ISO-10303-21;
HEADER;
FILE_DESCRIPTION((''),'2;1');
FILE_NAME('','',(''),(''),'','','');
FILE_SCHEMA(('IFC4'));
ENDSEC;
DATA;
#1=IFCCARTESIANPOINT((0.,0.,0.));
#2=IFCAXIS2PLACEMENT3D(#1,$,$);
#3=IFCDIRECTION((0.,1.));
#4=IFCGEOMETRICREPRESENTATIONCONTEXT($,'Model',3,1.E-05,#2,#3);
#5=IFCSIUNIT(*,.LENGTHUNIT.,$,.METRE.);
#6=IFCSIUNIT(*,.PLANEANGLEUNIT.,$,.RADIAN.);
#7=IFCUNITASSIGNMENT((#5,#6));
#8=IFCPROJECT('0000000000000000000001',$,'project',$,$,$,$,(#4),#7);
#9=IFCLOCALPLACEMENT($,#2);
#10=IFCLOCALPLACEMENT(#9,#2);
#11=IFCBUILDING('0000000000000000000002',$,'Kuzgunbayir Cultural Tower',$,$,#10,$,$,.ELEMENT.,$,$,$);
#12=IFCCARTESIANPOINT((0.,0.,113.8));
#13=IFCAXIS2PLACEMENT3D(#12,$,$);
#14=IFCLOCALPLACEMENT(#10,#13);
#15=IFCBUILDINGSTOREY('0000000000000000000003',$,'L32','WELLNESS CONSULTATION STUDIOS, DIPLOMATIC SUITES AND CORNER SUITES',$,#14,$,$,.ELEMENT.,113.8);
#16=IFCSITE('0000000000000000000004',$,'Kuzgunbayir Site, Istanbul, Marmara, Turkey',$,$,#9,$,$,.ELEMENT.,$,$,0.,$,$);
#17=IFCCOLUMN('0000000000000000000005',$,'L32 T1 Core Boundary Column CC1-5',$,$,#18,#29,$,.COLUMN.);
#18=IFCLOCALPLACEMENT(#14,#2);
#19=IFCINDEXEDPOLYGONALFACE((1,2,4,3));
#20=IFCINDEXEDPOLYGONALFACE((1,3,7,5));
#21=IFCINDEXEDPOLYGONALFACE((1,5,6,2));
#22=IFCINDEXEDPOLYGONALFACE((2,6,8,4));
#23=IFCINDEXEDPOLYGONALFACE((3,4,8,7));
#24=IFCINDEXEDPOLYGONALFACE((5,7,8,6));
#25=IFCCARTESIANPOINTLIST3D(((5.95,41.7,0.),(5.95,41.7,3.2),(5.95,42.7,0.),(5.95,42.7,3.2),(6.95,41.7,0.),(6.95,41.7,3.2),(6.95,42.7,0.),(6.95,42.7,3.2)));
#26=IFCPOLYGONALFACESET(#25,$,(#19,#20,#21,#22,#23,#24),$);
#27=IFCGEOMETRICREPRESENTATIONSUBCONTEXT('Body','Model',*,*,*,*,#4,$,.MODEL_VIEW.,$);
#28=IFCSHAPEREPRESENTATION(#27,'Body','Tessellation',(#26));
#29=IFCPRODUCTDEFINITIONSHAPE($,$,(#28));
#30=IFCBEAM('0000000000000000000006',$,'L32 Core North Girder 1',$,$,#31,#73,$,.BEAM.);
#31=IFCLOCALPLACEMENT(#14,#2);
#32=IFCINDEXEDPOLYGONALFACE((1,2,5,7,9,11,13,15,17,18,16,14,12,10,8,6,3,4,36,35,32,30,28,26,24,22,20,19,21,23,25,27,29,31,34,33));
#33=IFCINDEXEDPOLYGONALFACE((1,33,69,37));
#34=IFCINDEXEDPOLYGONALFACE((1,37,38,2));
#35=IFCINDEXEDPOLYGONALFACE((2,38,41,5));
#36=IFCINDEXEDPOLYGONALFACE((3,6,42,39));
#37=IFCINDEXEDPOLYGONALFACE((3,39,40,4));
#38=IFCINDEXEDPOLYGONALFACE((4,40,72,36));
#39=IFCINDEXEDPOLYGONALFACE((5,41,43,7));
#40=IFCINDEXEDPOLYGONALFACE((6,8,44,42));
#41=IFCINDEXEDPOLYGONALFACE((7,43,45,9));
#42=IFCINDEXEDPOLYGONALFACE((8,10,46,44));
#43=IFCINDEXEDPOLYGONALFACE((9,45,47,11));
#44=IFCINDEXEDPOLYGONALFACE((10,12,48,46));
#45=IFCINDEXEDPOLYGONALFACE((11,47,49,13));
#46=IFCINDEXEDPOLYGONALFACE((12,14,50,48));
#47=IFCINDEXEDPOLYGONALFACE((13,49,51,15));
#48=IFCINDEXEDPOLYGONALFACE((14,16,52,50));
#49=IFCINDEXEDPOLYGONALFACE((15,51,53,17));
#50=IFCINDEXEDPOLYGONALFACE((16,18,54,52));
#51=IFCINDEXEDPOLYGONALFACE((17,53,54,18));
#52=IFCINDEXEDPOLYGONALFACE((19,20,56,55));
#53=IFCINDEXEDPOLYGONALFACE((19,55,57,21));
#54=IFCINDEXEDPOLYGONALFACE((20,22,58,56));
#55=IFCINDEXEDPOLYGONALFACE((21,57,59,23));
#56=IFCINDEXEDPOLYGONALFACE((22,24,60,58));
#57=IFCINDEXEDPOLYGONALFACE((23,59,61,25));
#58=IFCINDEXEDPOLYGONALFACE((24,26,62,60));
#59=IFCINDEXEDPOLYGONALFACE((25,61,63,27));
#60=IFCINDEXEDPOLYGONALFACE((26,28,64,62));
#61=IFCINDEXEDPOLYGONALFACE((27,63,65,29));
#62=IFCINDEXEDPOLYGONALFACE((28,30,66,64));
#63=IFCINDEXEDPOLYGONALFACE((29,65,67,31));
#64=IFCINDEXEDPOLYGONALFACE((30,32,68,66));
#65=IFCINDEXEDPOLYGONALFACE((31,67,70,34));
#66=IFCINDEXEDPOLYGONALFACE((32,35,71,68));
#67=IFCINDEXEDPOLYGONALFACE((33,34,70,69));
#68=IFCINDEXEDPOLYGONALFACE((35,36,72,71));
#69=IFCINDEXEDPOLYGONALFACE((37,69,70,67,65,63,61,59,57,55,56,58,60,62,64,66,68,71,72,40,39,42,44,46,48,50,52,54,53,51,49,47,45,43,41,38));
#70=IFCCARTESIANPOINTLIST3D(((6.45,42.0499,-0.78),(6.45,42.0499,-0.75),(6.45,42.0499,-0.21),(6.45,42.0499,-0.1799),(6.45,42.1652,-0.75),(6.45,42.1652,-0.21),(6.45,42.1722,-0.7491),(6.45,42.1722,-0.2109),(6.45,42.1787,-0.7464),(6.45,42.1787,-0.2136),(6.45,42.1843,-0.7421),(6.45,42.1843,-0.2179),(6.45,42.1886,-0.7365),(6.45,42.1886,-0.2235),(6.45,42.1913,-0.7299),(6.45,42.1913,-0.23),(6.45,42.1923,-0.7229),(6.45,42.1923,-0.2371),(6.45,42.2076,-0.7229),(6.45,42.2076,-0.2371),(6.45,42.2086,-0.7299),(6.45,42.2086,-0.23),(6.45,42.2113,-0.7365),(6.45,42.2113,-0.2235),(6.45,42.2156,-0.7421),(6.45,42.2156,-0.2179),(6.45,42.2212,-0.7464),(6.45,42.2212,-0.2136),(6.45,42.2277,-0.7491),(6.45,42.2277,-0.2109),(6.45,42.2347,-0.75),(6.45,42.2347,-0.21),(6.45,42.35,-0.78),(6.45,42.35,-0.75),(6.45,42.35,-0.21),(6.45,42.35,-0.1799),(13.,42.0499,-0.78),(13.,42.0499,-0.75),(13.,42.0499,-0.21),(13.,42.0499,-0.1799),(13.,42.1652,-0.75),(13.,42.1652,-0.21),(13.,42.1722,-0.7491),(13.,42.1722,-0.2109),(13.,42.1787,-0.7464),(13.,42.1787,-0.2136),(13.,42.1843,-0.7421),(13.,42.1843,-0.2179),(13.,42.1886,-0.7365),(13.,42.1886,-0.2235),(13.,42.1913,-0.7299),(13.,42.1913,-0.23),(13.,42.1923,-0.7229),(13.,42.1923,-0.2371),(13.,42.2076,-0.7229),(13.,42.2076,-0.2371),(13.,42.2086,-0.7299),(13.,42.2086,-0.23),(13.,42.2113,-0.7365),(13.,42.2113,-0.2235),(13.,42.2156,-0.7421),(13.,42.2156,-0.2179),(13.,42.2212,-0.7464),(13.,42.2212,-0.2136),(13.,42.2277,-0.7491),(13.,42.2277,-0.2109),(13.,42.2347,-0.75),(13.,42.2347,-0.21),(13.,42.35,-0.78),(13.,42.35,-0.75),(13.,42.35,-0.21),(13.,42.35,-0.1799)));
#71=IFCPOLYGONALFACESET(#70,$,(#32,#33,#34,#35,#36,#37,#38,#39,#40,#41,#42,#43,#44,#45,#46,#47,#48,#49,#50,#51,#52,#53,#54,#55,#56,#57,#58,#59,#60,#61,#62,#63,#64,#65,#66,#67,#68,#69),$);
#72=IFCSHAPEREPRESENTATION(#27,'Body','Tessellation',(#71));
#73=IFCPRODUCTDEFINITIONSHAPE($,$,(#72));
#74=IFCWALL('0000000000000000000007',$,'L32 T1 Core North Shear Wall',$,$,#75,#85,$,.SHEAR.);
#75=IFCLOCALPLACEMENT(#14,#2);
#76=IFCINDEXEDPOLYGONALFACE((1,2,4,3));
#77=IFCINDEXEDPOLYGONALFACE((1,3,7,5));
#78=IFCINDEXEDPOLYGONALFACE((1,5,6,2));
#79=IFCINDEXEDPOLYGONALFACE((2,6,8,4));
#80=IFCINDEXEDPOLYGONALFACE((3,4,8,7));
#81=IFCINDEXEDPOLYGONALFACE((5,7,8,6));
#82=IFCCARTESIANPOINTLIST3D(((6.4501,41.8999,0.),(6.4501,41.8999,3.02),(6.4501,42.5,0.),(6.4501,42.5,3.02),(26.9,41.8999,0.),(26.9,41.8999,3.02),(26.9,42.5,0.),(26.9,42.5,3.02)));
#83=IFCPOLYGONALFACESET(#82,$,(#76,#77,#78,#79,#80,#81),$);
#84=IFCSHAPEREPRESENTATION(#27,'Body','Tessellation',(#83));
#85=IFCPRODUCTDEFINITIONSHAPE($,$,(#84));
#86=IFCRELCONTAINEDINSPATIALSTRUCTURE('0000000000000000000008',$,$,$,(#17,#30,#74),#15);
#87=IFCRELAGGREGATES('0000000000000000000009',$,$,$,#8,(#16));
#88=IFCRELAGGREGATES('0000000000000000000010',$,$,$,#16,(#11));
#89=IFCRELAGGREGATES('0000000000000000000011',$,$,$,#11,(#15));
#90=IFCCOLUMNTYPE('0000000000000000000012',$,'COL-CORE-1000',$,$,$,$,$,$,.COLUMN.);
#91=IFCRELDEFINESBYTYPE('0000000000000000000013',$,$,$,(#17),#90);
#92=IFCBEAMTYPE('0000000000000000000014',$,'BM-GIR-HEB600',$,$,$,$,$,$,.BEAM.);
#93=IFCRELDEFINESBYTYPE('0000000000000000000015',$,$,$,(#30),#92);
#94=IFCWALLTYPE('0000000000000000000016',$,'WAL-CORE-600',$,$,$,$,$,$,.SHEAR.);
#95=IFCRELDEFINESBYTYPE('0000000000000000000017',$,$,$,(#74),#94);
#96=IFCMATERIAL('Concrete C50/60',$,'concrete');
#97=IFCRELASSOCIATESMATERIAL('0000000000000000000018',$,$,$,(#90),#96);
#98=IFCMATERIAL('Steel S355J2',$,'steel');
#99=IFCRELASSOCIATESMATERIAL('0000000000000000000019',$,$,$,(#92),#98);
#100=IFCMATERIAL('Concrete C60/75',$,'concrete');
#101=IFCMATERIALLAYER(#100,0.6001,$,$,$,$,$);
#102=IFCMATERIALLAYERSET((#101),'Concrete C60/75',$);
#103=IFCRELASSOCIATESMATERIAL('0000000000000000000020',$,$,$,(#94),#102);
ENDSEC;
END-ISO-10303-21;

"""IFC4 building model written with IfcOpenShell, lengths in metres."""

from ifc_helpers import new_model, si_unit, direction, frame, frame_2d, origin, origin_2d, place, context, subcontext, project, spatial, rectangle, i_section, extrude, material, layer, layer_set, material_profile, profile_set, type_object, element, save


model = new_model("IFC4")

# Units and contexts
model_context = context("Model", 3, precision=1e-05, world=origin(), true_north=direction((0.0, 1.0)))
body_context = subcontext(model_context, "Body", "Model", "MODEL_VIEW")
ifc_project = project(units=[si_unit("LENGTHUNIT", "METRE"), si_unit("PLANEANGLEUNIT", "RADIAN")], contexts=[model_context])

# Site, building, storey
site_placement = place(None, origin())
site = spatial("IfcSite", under=ifc_project, at=site_placement, Name="Kuzgunbayir Site, Istanbul, Marmara, Turkey", CompositionType="ELEMENT", RefElevation=0.0)
building_placement = place(site_placement, origin())
building = spatial("IfcBuilding", under=site, at=building_placement, Name="Kuzgunbayir Cultural Tower", CompositionType="ELEMENT")
storey_placement = place(building_placement, frame((0.0, 0.0, 113.8)))
storey = spatial("IfcBuildingStorey", under=building, at=storey_placement, Name="L32", Description="WELLNESS CONSULTATION STUDIOS, DIPLOMATIC SUITES AND CORNER SUITES", CompositionType="ELEMENT", Elevation=113.8)

# Column
ifc_material_1 = material(Name="Concrete C50/60", Category="concrete")
ifc_material_profile_1 = material_profile(ifc_material_1, rectangle(XDim=1.0, YDim=1.0, at=origin_2d()), Name="RC 1000x1000")
ifc_profile_set_1 = profile_set([ifc_material_profile_1], Name="Concrete C50/60")
column_type = type_object("IfcColumnType", Name="COL-CORE-1000", PredefinedType="COLUMN", material=ifc_profile_set_1)
column_placement = place(storey_placement, frame((6.45, 42.2, 0.0), z_axis=(0.0, 0.0, 1.0), x_axis=(1.0, 0.0, 0.0)))
element("IfcColumn", 1, at=column_placement, inside=storey, type_object=column_type, Name="L32 T1 Core Boundary Column CC1-5", PredefinedType="COLUMN", context=body_context, shape_type="SweptSolid", body=[
    extrude(rectangle(XDim=1.0, YDim=1.0, at=origin_2d()), origin(), (0.0, 0.0, 1.0), 3.2),
])

# Beam
ifc_material_2 = material(Name="Steel S355J2", Category="steel")
ifc_material_profile_2 = material_profile(ifc_material_2, i_section(OverallWidth=0.3, OverallDepth=0.6001, WebThickness=0.0154, FlangeThickness=0.03, FilletRadius=0.0271, at=origin_2d()), Name="HEB 600")
ifc_profile_set_2 = profile_set([ifc_material_profile_2], Name="Steel S355J2")
beam_type = type_object("IfcBeamType", Name="BM-GIR-HEB600", PredefinedType="BEAM", material=ifc_profile_set_2)
beam_placement = place(storey_placement, frame((6.45, 42.2, -0.48), z_axis=(1.0, 0.0, 0.0), x_axis=(0.0, 1.0, 0.0)))
element("IfcBeam", 2, at=beam_placement, inside=storey, type_object=beam_type, Name="L32 Core North Girder 1", PredefinedType="BEAM", context=body_context, shape_type="SweptSolid", body=[
    extrude(i_section(OverallWidth=0.3, OverallDepth=0.6001, WebThickness=0.0154, FlangeThickness=0.03, FilletRadius=0.0271, at=origin_2d()), origin(), (0.0, 0.0, 1.0), 6.55),
])

# Wall
ifc_material_3 = material(Name="Concrete C60/75", Category="concrete")
ifc_layer_1 = layer(ifc_material_3, 0.6001)
ifc_layer_set_1 = layer_set([ifc_layer_1], Name="Concrete C60/75")
wall_type_1 = type_object("IfcWallType", Name="WAL-CORE-600", PredefinedType="SHEAR", material=ifc_layer_set_1)
wall_1_placement = place(storey_placement, frame((6.45, 42.2, 0.0), z_axis=(0.0, 0.0, 1.0), x_axis=(1.0, 0.0, 0.0)))
element("IfcWall", 3, at=wall_1_placement, inside=storey, type_object=wall_type_1, Name="L32 T1 Core North Shear Wall", PredefinedType="SHEAR", context=body_context, shape_type="SweptSolid", body=[
    extrude(rectangle(XDim=20.45, YDim=0.6001, at=frame_2d((10.2251, 0.0))), origin(), (0.0, 0.0, 1.0), 3.02),
])

save(model, "model.ifc")
